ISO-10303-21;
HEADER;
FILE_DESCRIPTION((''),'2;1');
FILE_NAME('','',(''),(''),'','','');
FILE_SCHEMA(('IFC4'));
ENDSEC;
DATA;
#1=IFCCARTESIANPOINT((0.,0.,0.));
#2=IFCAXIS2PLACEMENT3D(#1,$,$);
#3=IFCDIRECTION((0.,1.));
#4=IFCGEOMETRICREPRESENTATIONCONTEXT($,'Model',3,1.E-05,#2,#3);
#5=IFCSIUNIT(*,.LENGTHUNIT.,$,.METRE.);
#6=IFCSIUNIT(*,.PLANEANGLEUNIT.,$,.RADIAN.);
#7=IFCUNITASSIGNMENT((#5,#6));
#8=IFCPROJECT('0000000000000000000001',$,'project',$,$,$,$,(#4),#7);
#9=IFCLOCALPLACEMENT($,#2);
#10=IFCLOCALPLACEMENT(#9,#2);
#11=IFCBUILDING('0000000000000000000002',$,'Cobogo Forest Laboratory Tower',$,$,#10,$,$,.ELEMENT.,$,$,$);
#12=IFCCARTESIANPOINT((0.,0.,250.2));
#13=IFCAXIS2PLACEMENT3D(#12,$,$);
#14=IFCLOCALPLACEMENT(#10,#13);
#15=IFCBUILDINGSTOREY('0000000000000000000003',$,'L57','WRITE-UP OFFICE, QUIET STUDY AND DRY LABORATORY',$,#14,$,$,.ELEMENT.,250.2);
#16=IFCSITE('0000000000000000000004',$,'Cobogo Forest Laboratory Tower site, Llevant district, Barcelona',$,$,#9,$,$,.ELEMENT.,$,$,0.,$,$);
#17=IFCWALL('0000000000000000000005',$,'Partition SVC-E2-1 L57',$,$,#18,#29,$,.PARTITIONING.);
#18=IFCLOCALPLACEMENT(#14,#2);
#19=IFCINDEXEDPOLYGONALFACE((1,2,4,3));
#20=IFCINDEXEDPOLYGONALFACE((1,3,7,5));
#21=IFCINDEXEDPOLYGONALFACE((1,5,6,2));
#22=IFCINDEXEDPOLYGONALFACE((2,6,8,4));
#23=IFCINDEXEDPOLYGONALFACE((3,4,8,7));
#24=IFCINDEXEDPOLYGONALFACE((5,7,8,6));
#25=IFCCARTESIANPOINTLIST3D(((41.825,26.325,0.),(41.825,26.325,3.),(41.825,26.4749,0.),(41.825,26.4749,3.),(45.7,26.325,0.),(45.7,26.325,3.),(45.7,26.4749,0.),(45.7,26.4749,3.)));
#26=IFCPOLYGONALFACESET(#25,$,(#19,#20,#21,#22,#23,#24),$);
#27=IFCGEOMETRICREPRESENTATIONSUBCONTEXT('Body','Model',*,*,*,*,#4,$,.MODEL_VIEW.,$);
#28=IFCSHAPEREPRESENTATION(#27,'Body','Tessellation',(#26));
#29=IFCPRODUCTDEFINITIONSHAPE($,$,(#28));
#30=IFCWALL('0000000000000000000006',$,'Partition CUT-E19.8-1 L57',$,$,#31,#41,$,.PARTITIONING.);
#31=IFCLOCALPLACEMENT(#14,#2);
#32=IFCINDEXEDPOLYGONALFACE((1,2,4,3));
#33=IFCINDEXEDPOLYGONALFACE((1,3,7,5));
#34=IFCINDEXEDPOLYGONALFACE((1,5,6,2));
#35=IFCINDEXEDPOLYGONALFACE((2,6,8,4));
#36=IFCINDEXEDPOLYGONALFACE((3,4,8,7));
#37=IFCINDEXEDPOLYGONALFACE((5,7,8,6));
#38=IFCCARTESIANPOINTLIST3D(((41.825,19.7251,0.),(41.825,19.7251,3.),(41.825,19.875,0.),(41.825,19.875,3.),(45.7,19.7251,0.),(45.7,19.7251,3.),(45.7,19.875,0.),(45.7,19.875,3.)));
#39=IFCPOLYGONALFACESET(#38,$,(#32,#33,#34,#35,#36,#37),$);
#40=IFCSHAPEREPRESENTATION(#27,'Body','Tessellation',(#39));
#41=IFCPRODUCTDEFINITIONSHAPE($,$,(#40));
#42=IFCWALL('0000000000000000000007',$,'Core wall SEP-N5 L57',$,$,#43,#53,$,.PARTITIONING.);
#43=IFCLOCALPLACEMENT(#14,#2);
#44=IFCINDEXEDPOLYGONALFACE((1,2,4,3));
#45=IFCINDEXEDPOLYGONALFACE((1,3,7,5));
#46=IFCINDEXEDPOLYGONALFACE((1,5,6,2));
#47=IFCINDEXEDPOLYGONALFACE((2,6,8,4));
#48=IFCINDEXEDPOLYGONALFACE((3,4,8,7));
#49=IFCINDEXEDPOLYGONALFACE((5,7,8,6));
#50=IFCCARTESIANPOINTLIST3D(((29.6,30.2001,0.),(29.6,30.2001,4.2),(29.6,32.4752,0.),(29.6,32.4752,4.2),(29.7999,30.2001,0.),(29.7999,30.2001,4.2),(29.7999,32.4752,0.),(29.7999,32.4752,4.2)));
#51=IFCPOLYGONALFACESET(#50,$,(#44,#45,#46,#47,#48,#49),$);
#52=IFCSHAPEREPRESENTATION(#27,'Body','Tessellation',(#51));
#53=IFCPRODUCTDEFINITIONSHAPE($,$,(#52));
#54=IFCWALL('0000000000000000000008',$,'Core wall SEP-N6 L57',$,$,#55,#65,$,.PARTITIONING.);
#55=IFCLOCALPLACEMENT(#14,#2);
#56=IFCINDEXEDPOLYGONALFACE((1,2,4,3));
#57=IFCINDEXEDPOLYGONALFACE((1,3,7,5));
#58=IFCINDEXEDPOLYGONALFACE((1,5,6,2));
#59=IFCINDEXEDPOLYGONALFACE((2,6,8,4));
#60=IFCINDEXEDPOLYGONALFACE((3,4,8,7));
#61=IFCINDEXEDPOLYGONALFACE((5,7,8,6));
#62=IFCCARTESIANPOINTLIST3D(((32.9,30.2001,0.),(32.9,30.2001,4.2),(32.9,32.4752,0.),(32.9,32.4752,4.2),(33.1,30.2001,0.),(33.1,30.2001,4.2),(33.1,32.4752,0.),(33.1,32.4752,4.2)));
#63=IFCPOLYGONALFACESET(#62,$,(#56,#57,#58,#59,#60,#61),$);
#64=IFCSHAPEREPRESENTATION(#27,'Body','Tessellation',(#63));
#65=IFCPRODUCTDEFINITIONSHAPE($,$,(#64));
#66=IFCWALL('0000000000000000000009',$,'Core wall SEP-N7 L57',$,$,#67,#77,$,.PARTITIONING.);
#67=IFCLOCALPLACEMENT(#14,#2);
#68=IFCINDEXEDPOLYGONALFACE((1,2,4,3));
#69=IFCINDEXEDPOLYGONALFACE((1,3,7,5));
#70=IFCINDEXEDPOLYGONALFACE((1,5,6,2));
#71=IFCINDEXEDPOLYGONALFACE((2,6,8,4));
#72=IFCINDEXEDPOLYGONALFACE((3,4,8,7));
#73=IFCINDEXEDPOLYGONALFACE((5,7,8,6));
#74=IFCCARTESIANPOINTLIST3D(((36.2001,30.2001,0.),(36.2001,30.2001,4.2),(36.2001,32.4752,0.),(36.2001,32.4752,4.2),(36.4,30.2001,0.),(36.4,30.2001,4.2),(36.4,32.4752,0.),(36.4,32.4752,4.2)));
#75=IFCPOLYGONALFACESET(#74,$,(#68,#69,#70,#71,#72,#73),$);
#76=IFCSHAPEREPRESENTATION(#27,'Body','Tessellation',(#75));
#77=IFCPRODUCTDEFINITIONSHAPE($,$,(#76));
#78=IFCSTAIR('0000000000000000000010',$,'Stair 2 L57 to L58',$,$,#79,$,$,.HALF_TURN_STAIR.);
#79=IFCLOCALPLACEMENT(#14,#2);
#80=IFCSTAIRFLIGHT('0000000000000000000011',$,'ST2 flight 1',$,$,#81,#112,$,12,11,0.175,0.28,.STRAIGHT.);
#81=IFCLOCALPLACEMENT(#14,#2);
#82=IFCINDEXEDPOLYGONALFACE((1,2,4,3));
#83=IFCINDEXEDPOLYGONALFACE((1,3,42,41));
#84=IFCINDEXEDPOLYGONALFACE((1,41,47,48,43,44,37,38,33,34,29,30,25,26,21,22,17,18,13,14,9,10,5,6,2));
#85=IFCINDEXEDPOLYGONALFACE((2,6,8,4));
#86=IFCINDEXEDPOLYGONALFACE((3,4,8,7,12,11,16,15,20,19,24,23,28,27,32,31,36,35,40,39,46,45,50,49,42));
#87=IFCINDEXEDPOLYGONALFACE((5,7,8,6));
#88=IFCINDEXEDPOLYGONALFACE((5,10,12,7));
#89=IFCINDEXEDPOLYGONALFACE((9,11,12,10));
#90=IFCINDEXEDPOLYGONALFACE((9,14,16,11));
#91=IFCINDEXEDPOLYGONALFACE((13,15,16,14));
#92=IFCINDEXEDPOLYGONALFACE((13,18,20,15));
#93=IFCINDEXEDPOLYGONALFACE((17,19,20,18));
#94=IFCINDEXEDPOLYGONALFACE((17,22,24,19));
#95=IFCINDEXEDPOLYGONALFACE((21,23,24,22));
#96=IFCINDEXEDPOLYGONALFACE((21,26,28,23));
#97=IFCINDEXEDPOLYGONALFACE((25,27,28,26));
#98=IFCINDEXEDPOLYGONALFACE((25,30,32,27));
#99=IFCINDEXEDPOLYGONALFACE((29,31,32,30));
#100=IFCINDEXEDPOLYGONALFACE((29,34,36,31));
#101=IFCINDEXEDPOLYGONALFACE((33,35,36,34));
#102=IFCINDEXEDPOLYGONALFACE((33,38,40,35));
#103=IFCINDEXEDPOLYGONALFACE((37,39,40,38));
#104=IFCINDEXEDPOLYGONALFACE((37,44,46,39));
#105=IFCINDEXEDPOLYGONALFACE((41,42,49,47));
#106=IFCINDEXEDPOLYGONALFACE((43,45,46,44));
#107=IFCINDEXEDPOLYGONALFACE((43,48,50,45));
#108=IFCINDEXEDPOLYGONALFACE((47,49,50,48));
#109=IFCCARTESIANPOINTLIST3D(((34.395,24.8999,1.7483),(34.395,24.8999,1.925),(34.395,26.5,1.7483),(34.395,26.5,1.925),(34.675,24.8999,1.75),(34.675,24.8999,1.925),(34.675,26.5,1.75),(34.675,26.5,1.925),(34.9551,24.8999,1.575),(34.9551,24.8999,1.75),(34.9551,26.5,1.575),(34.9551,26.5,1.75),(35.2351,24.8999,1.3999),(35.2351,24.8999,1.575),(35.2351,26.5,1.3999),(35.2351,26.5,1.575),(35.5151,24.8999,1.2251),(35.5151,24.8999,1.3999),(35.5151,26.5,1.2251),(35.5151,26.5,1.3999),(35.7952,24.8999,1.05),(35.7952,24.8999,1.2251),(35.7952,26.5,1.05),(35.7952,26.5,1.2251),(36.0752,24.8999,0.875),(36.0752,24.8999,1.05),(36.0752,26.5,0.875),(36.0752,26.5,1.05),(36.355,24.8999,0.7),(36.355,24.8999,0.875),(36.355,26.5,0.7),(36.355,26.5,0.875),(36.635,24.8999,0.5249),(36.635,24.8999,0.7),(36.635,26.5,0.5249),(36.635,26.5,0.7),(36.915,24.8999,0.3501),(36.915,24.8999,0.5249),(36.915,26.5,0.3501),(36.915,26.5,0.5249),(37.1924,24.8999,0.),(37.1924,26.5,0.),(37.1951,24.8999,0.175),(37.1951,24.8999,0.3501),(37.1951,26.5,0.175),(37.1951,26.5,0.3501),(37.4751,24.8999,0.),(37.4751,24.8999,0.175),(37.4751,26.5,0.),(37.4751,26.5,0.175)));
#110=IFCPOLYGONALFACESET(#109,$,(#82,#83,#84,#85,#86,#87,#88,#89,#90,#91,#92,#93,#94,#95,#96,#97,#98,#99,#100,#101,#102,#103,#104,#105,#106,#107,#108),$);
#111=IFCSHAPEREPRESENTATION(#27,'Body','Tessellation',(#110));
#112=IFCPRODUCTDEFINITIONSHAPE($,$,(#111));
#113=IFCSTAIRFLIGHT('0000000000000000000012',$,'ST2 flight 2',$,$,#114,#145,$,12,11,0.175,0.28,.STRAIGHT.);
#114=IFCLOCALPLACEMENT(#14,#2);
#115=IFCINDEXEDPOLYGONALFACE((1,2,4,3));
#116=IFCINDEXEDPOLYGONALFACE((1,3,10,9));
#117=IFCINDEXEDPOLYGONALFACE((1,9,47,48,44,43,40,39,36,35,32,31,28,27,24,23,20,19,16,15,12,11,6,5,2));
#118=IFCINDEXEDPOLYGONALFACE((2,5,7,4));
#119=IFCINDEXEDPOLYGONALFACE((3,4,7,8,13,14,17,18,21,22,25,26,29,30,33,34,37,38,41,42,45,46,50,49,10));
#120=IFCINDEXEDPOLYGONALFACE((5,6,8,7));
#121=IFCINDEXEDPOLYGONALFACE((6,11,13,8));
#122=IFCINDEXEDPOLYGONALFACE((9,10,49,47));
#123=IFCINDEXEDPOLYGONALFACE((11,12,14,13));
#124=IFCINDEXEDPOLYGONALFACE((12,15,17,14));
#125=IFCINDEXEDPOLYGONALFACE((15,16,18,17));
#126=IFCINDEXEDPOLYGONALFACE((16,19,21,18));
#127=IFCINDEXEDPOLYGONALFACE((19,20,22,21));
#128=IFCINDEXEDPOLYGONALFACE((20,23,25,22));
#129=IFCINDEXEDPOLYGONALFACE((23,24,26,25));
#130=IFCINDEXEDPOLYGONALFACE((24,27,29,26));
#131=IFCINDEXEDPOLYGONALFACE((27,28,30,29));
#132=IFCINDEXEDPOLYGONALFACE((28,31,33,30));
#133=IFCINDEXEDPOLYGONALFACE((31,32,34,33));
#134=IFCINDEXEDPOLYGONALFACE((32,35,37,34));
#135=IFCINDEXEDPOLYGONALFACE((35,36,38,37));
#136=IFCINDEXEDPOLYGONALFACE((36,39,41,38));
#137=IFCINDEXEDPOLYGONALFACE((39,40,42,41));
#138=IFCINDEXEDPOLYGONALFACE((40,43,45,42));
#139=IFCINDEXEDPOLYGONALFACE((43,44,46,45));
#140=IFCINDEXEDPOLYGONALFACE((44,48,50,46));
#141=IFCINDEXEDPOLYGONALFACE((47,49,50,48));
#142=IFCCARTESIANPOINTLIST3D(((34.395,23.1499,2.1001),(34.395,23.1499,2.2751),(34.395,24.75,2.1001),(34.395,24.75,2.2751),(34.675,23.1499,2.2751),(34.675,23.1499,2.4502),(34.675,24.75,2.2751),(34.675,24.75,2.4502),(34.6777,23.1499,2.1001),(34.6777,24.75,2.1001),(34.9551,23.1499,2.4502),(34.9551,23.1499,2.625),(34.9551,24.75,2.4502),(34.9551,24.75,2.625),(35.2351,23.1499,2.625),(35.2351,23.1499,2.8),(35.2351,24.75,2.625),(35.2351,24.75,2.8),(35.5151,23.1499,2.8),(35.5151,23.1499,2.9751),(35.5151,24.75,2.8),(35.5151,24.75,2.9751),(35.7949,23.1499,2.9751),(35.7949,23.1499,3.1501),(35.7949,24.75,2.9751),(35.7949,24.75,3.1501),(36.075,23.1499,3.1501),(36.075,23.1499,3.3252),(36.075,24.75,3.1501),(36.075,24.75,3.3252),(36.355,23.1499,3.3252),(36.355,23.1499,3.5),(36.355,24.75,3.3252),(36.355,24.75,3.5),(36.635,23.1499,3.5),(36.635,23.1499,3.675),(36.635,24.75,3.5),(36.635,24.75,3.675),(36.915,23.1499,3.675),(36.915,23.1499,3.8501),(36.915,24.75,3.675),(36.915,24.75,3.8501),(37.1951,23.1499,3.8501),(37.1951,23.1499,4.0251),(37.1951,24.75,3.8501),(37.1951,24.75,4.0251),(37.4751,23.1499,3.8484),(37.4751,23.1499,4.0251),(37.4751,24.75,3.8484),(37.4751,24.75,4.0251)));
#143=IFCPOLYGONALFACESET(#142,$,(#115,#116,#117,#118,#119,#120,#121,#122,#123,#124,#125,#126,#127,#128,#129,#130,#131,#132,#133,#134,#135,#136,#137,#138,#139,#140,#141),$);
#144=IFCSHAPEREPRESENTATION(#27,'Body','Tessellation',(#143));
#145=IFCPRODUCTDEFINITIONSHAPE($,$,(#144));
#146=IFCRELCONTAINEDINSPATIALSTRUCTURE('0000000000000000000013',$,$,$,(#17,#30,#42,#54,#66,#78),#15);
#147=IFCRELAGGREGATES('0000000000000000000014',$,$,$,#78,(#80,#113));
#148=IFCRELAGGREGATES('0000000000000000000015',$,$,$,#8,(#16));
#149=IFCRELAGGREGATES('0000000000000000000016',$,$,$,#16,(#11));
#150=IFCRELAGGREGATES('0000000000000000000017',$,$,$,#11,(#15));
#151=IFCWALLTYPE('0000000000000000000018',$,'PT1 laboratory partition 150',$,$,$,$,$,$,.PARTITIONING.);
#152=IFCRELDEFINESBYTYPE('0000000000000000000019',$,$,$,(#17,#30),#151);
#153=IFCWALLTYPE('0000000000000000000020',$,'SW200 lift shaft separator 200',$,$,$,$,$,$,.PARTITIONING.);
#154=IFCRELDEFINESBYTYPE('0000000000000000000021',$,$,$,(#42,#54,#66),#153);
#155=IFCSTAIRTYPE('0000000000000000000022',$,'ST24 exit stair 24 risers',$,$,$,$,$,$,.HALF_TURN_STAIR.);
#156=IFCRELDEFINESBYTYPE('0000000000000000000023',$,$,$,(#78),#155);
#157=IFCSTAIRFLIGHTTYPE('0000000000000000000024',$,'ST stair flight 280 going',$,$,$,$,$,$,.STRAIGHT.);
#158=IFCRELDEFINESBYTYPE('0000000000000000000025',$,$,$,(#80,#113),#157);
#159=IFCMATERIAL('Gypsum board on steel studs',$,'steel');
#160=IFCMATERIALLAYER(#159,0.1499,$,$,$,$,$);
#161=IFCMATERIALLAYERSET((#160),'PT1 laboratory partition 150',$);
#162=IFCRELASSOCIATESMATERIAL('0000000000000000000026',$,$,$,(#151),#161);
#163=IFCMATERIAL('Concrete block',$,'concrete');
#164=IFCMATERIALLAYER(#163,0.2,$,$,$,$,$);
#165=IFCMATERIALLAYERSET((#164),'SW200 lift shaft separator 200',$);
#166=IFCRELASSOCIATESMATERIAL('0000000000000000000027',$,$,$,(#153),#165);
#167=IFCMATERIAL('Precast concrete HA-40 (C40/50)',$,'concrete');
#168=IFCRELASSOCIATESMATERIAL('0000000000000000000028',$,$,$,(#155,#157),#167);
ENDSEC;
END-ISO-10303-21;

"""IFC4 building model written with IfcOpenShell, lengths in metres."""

from ifc_helpers import new_model, si_unit, direction, frame, frame_2d, origin, place, context, subcontext, project, spatial, polyline, rectangle, outline, extrude, material, layer, layer_set, type_object, element, aggregate, save


model = new_model("IFC4")

# Units and contexts
model_context = context("Model", 3, precision=1e-05, world=origin(), true_north=direction((0.0, 1.0)))
body_context = subcontext(model_context, "Body", "Model", "MODEL_VIEW")
ifc_project = project(units=[si_unit("LENGTHUNIT", "METRE"), si_unit("PLANEANGLEUNIT", "RADIAN")], contexts=[model_context])

# Site, building, storey
site_placement = place(None, origin())
site = spatial("IfcSite", under=ifc_project, at=site_placement, Name="Cobogo Forest Laboratory Tower site, Llevant district, Barcelona", CompositionType="ELEMENT", RefElevation=0.0)
building_placement = place(site_placement, origin())
building = spatial("IfcBuilding", under=site, at=building_placement, Name="Cobogo Forest Laboratory Tower", CompositionType="ELEMENT")
storey_placement = place(building_placement, frame((0.0, 0.0, 250.2)))
storey = spatial("IfcBuildingStorey", under=building, at=storey_placement, Name="L57", Description="WRITE-UP OFFICE, QUIET STUDY AND DRY LABORATORY", CompositionType="ELEMENT", Elevation=250.2)

# Walls
ifc_material_1 = material(Name="Gypsum board on steel studs", Category="steel")
ifc_layer_1 = layer(ifc_material_1, 0.1499)
ifc_layer_set_1 = layer_set([ifc_layer_1], Name="PT1 laboratory partition 150")
wall_type_1 = type_object("IfcWallType", Name="PT1 laboratory partition 150", PredefinedType="PARTITIONING", material=ifc_layer_set_1)
for number, where, z_axis, x_axis, name in (
    (1, (45.7, 26.3999, 0.0), (0.0, 0.0, 1.0), (-1.0, 0.0, 0.0), "Partition SVC-E2-1 L57"),
    (2, (45.7, 19.8, 0.0), (0.0, 0.0, 1.0), (-1.0, 0.0, 0.0), "Partition CUT-E19.8-1 L57"),
):
    element("IfcWall", number, at=place(storey_placement, frame(where, z_axis=z_axis, x_axis=x_axis)), inside=storey, type_object=wall_type_1, Name=name, PredefinedType="PARTITIONING", context=body_context, shape_type="SweptSolid", body=[
        extrude(rectangle(XDim=3.875, YDim=0.1499, at=frame_2d((1.9375, 0.0))), origin(), (0.0, 0.0, 1.0), 3.0),
    ])
ifc_material_2 = material(Name="Concrete block", Category="concrete")
ifc_layer_2 = layer(ifc_material_2, 0.2)
ifc_layer_set_2 = layer_set([ifc_layer_2], Name="SW200 lift shaft separator 200")
wall_type_2 = type_object("IfcWallType", Name="SW200 lift shaft separator 200", PredefinedType="PARTITIONING", material=ifc_layer_set_2)
for number, where, z_axis, x_axis, name in (
    (3, (29.7, 30.2, 0.0), (0.0, 0.0, 1.0), (0.0, 1.0, 0.0), "Core wall SEP-N5 L57"),
    (4, (33.0, 30.2, 0.0), (0.0, 0.0, 1.0), (0.0, 1.0, 0.0), "Core wall SEP-N6 L57"),
    (5, (36.3, 30.2, 0.0), (0.0, 0.0, 1.0), (0.0, 1.0, 0.0), "Core wall SEP-N7 L57"),
):
    element("IfcWall", number, at=place(storey_placement, frame(where, z_axis=z_axis, x_axis=x_axis)), inside=storey, type_object=wall_type_2, Name=name, PredefinedType="PARTITIONING", context=body_context, shape_type="SweptSolid", body=[
        extrude(rectangle(XDim=2.2751, YDim=0.2, at=frame_2d((1.1377, 0.0))), origin(), (0.0, 0.0, 1.0), 4.2),
    ])

# Stair, stair flights
ifc_material_3 = material(Name="Precast concrete HA-40 (C40/50)", Category="concrete")
stair_type = type_object("IfcStairType", Name="ST24 exit stair 24 risers", PredefinedType="HALF_TURN_STAIR", material=ifc_material_3)
stair_placement = place(storey_placement, origin())
stair = element("IfcStair", 6, at=stair_placement, inside=storey, type_object=stair_type, Name="Stair 2 L57 to L58", PredefinedType="HALF_TURN_STAIR")
stair_flight_type = type_object("IfcStairFlightType", Name="ST stair flight 280 going", PredefinedType="STRAIGHT", material=ifc_material_3)
stair_flight_1_placement = place(storey_placement, frame((37.4751, 25.7, 0.0), z_axis=(0.0, 0.0, 1.0), x_axis=(-1.0, 0.0, 0.0)))
stair_flight_1 = element("IfcStairFlight", 7, at=stair_flight_1_placement, type_object=stair_flight_type, Name="ST2 flight 1", NumberOfRisers=12, NumberOfTreads=11, PredefinedType="STRAIGHT", RiserHeight=0.175, TreadLength=0.28, context=body_context, shape_type="SweptSolid", body=[
    extrude(outline(polyline([(0.0, 0.0), (0.0, 0.175), (0.28, 0.175), (0.28, 0.3501), (0.5601, 0.3501), (0.5601, 0.5249), (0.8401, 0.5249), (0.8401, 0.7), (1.1201, 0.7), (1.1201, 0.875), (1.3999, 0.875), (1.3999, 1.05), (1.6799, 1.05), (1.6799, 1.2251), (1.96, 1.2251), (1.96, 1.3999), (2.24, 1.3999), (2.24, 1.575), (2.52, 1.575), (2.52, 1.75), (2.8, 1.75), (2.8, 1.925), (3.0801, 1.925), (3.0801, 2.1001), (3.0801, 1.7483), (0.2827, 0.0), (0.0, 0.0)])), frame((0.0, 0.8, 0.0), z_axis=(0.0, -1.0, 0.0), x_axis=(1.0, 0.0, 0.0)), (0.0, 0.0, 1.0), 1.6001),
])
stair_flight_2_placement = place(storey_placement, frame((34.395, 23.95, 2.1001), z_axis=(0.0, 0.0, 1.0), x_axis=(1.0, 0.0, 0.0)))
stair_flight_2 = element("IfcStairFlight", 8, at=stair_flight_2_placement, type_object=stair_flight_type, Name="ST2 flight 2", NumberOfRisers=12, NumberOfTreads=11, PredefinedType="STRAIGHT", RiserHeight=0.175, TreadLength=0.28, context=body_context, shape_type="SweptSolid", body=[
    extrude(outline(polyline([(0.0, 0.0), (0.0, 0.175), (0.28, 0.175), (0.28, 0.3501), (0.5601, 0.3501), (0.5601, 0.5249), (0.8401, 0.5249), (0.8401, 0.7), (1.1201, 0.7), (1.1201, 0.875), (1.3999, 0.875), (1.3999, 1.05), (1.6799, 1.05), (1.6799, 1.2251), (1.96, 1.2251), (1.96, 1.3999), (2.24, 1.3999), (2.24, 1.575), (2.52, 1.575), (2.52, 1.75), (2.8, 1.75), (2.8, 1.925), (3.0801, 1.925), (3.0801, 2.1001), (3.0801, 1.7483), (0.2827, 0.0), (0.0, 0.0)])), frame((0.0, 0.8, 0.0), z_axis=(0.0, -1.0, 0.0), x_axis=(1.0, 0.0, 0.0)), (0.0, 0.0, 1.0), 1.6001),
])
aggregate(stair, [stair_flight_1, stair_flight_2])

save(model, "model.ifc")
